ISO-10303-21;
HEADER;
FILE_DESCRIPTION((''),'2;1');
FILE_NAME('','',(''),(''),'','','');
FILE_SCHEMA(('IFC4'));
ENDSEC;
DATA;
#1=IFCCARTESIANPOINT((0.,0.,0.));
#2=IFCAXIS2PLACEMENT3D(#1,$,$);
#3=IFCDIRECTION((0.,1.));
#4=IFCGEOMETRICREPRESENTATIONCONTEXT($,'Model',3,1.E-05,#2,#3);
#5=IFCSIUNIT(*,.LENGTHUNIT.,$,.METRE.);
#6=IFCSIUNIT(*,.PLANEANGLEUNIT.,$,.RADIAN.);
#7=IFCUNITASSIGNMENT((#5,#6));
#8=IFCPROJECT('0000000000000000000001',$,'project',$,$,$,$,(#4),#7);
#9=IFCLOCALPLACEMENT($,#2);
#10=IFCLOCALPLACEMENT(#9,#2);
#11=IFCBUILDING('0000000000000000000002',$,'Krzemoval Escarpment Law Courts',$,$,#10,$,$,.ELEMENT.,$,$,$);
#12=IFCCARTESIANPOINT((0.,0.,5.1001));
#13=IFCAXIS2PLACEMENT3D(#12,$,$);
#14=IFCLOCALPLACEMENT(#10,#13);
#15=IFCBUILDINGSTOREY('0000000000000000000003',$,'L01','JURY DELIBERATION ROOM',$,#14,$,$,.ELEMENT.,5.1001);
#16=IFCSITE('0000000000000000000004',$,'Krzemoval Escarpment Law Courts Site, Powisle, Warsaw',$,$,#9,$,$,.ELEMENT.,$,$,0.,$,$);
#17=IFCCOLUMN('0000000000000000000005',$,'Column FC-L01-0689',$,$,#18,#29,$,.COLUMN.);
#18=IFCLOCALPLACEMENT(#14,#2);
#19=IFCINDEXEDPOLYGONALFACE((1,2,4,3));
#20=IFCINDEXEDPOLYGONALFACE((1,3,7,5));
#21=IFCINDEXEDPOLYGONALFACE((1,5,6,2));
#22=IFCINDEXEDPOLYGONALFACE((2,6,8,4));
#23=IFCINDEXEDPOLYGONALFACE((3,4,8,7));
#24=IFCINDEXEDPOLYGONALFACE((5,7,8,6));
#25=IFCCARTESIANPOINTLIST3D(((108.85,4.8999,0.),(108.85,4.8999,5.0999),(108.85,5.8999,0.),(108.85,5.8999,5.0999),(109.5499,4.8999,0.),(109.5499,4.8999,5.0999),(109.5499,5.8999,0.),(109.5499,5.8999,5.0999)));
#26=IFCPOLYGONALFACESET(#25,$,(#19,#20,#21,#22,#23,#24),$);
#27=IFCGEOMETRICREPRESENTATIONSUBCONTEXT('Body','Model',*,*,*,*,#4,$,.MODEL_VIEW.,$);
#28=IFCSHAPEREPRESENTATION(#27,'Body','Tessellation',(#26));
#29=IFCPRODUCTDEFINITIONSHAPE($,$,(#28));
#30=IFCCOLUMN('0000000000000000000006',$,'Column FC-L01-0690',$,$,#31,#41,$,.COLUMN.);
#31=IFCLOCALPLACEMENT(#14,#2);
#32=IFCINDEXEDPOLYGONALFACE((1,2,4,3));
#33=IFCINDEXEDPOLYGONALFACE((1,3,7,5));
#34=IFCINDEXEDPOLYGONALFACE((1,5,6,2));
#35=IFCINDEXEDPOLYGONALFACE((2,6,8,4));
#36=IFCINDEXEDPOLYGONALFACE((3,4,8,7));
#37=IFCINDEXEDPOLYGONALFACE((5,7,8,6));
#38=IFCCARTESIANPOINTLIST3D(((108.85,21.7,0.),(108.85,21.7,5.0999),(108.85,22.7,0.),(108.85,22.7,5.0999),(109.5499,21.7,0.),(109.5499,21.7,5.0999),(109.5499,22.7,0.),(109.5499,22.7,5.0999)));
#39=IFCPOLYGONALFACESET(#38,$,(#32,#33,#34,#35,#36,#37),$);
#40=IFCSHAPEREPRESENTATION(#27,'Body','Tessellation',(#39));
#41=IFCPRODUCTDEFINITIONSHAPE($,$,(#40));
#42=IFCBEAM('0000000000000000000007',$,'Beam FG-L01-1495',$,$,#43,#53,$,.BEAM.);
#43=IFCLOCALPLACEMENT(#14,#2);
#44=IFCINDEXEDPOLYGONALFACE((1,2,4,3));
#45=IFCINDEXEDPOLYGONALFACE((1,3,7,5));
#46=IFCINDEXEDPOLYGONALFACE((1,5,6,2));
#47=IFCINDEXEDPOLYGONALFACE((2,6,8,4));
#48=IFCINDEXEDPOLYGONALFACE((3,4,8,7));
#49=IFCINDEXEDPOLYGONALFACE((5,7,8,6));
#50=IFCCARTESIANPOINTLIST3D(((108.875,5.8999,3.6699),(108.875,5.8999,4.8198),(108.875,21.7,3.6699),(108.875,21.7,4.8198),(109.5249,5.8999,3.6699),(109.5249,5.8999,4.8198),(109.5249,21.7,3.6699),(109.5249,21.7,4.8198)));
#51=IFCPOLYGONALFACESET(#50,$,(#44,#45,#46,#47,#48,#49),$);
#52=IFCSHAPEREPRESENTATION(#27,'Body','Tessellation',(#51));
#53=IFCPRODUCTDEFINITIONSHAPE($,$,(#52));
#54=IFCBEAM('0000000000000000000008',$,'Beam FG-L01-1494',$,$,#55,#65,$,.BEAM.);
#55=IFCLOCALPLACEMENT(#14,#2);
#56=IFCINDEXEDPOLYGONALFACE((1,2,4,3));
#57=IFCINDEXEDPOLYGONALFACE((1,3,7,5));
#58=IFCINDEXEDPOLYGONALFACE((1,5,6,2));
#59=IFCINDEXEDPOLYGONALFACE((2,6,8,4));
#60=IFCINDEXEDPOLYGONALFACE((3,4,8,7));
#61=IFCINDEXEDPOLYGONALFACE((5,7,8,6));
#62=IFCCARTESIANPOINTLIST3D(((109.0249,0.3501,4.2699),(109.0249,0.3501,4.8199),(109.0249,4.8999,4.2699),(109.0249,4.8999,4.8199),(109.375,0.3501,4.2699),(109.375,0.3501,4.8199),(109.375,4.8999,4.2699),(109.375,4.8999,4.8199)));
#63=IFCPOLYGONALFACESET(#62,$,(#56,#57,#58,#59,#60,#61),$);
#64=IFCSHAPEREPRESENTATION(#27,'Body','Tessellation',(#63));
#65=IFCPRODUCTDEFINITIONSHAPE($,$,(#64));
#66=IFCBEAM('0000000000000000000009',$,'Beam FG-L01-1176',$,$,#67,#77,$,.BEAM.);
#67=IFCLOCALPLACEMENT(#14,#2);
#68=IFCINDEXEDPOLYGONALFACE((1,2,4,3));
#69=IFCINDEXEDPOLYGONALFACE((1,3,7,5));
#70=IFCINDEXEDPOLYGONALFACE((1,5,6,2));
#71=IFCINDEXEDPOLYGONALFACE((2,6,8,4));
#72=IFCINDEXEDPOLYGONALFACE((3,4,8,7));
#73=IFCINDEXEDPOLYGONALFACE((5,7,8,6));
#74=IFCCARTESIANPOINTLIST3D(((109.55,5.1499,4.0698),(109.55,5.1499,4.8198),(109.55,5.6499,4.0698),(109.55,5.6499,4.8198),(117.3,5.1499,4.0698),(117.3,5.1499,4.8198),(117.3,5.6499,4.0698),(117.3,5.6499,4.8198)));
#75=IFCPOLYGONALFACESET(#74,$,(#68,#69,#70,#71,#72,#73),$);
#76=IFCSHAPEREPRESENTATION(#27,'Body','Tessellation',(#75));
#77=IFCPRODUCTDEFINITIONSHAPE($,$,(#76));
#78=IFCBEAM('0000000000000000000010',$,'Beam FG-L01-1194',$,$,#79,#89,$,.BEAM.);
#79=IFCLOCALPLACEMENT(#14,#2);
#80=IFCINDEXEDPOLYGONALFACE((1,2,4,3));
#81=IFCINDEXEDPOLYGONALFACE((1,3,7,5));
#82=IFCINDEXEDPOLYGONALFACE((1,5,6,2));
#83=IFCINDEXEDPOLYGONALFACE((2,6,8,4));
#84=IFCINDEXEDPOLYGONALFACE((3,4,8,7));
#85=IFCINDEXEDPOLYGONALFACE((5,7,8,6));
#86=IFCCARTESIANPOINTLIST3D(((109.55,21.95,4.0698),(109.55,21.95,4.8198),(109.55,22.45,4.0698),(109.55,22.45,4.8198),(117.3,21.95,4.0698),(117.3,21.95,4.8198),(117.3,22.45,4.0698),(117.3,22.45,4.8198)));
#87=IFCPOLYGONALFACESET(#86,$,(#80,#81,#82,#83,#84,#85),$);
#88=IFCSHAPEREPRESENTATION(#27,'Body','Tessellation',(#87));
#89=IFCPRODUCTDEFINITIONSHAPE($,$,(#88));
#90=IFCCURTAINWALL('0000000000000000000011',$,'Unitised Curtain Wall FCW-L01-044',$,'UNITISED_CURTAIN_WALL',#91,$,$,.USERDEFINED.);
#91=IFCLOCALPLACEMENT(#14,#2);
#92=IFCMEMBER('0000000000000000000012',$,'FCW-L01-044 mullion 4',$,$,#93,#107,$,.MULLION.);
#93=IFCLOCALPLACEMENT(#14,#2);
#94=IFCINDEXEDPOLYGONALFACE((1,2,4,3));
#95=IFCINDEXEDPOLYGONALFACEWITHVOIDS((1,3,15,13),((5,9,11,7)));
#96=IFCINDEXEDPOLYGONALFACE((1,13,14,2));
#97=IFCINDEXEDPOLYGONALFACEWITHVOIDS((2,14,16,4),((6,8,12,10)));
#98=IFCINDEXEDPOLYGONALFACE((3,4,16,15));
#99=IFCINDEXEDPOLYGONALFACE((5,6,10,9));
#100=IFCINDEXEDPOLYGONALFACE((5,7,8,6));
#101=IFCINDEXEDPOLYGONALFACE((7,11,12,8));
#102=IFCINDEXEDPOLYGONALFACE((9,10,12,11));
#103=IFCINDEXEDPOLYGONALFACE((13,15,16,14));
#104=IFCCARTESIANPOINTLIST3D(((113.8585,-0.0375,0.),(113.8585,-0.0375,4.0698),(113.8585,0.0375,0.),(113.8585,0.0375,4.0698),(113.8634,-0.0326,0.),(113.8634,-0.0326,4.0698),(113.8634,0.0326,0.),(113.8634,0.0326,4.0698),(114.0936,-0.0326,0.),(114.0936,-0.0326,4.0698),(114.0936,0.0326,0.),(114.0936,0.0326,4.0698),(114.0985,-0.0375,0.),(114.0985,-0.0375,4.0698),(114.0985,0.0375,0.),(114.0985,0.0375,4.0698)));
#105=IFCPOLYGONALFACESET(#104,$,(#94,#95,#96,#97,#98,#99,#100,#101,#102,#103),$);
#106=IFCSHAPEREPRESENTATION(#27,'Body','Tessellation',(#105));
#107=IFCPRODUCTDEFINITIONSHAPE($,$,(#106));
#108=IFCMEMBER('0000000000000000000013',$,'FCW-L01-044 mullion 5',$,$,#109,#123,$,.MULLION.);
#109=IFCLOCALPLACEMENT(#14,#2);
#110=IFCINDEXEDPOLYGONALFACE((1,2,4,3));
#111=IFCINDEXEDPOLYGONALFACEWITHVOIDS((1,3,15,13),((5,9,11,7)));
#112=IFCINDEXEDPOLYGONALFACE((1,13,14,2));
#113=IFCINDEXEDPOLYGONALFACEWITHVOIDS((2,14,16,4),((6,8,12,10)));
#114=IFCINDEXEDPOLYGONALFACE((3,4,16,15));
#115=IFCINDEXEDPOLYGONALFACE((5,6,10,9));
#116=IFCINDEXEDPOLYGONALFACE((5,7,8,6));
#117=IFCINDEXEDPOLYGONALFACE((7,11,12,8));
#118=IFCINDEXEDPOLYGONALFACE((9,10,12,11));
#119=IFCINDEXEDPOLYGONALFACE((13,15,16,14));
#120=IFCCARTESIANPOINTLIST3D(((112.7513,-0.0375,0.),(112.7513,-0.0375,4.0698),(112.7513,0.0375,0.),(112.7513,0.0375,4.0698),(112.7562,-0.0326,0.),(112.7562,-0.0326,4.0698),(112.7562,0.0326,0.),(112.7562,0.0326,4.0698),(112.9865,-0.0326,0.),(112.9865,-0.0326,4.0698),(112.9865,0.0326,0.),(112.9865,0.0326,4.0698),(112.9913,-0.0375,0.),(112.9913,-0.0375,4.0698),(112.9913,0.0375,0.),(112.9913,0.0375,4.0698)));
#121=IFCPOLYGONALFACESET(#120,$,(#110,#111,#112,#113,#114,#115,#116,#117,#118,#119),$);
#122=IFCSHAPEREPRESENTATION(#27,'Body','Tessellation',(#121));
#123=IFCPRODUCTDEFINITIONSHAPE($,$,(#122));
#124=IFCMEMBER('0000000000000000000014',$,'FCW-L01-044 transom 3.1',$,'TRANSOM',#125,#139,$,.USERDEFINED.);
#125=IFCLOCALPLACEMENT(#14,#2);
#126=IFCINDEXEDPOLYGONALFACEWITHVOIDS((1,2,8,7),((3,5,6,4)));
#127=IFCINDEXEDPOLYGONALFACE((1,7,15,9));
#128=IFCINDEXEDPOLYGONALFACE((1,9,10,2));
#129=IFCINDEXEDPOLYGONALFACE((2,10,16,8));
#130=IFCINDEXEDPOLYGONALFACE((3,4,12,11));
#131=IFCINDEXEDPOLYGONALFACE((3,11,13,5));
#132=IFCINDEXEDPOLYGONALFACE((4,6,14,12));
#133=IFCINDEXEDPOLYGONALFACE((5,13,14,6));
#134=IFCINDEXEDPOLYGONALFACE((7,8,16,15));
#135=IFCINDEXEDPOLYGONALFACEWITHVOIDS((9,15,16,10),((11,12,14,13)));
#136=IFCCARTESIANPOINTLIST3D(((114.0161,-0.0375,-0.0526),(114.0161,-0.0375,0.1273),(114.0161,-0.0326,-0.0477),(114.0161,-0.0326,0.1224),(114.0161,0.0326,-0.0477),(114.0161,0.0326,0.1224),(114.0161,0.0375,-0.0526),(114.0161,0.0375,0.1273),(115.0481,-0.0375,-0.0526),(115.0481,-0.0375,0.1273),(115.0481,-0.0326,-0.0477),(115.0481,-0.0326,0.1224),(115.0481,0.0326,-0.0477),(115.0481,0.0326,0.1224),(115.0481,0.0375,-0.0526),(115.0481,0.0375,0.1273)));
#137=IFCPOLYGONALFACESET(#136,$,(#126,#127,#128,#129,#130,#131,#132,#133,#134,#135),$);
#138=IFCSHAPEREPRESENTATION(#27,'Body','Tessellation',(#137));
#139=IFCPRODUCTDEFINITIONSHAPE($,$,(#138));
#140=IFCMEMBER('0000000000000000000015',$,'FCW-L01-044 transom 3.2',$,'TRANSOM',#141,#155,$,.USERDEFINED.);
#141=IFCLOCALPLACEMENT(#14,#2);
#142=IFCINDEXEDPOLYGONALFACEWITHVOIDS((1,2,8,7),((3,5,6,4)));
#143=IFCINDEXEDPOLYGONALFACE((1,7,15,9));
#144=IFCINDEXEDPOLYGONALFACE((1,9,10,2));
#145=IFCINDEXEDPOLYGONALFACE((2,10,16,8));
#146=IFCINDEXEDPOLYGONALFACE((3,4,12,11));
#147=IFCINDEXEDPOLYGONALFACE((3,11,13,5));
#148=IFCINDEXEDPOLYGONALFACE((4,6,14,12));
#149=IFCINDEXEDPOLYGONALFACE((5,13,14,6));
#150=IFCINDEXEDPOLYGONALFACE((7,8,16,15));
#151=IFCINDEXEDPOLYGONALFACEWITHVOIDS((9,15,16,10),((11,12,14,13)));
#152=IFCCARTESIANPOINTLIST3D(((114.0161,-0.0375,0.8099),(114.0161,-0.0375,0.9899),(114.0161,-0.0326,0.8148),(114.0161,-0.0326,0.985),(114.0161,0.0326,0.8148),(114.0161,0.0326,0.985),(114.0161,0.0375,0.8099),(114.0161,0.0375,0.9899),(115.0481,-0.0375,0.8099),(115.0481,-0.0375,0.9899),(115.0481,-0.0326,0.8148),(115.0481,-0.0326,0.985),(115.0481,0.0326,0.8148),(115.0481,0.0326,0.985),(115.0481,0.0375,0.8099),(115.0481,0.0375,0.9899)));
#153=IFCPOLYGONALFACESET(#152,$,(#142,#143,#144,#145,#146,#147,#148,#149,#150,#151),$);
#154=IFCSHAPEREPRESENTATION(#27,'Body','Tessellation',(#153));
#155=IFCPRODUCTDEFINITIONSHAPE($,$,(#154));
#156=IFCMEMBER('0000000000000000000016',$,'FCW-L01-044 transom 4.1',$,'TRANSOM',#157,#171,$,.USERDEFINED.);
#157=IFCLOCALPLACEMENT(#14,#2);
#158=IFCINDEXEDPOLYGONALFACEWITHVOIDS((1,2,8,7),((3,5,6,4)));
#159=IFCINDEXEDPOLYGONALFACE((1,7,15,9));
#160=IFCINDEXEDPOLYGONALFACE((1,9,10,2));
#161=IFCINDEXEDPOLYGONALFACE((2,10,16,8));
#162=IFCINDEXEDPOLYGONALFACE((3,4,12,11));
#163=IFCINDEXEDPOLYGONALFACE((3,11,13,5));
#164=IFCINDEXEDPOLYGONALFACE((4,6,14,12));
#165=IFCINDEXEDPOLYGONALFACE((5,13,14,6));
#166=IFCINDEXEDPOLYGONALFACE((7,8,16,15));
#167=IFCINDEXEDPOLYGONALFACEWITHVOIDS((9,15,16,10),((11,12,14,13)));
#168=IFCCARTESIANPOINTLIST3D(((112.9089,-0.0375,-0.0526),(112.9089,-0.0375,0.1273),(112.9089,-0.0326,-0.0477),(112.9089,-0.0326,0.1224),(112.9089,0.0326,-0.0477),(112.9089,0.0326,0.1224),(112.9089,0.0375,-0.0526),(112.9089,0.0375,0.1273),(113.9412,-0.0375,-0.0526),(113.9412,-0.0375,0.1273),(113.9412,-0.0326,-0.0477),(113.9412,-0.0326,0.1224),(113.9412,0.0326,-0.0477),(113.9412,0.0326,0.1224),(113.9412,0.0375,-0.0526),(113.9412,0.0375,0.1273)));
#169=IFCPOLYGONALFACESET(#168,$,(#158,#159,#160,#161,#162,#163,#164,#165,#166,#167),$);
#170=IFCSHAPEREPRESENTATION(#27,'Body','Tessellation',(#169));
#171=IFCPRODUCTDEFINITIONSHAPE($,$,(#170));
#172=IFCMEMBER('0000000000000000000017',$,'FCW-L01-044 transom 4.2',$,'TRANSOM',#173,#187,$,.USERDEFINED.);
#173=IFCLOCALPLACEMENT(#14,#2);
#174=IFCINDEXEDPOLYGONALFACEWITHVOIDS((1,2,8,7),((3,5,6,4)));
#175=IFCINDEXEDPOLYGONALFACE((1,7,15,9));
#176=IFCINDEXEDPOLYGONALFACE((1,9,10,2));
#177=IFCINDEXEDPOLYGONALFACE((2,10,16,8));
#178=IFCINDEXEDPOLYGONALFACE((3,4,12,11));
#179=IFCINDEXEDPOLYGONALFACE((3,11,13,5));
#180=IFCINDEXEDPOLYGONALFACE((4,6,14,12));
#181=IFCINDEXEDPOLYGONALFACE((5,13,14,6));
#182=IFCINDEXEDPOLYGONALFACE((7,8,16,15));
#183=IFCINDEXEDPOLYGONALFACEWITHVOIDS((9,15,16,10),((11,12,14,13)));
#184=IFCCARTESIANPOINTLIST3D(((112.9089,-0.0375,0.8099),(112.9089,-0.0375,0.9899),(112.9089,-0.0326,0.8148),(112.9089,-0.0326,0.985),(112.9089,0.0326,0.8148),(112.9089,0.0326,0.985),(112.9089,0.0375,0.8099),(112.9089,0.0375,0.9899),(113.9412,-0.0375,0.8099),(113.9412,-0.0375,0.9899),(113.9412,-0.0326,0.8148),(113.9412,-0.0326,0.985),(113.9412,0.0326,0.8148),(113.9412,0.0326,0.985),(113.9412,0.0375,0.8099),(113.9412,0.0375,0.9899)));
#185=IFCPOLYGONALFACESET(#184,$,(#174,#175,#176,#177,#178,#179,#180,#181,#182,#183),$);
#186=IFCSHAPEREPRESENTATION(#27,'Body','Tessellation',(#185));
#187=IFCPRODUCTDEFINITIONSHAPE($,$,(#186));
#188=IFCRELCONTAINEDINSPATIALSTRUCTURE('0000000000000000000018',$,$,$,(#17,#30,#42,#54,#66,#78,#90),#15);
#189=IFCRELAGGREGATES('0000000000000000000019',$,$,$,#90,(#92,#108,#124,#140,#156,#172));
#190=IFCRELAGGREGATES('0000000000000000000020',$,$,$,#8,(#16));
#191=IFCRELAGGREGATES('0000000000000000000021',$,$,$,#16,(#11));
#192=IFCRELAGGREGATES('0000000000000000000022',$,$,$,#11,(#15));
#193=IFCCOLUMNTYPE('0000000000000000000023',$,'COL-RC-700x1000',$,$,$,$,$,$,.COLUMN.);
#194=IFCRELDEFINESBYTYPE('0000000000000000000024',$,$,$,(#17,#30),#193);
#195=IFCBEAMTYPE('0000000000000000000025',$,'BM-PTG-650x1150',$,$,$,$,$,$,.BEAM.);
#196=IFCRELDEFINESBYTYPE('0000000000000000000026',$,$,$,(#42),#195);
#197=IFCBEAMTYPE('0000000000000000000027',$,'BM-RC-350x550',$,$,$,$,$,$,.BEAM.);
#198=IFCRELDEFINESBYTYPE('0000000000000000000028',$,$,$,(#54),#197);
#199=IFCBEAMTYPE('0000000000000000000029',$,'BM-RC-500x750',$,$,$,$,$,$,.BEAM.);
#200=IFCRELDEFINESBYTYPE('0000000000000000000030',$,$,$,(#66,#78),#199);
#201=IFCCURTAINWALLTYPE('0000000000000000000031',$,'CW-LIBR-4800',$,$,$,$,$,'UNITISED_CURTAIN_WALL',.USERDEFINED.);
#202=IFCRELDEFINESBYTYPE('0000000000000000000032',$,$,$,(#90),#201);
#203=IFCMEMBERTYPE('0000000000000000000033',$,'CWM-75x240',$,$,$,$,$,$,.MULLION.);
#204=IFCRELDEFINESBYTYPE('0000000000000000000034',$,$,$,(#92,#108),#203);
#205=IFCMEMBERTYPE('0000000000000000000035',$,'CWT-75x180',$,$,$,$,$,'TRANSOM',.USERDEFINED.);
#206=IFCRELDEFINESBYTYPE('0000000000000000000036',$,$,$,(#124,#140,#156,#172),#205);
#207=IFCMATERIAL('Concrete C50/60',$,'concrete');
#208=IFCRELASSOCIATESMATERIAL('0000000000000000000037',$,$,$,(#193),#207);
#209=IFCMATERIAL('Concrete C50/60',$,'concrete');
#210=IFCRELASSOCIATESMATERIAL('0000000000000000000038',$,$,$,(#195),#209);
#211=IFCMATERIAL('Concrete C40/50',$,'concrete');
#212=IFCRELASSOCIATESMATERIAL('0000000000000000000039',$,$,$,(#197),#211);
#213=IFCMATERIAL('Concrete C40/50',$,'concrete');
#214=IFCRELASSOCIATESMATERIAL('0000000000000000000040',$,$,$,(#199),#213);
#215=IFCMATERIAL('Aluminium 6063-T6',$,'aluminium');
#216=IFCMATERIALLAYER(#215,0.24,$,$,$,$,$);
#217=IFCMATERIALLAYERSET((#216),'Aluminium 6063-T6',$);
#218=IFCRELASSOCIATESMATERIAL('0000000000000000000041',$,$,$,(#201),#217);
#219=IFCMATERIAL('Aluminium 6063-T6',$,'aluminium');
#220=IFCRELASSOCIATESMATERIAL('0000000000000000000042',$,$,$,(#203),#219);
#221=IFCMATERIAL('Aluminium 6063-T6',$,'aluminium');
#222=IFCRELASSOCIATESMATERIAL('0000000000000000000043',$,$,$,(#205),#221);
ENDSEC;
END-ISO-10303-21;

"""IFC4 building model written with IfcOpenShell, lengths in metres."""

from ifc_helpers import new_model, si_unit, direction, frame, origin, origin_2d, place, context, subcontext, project, spatial, rectangle, hollow_rectangle, extrude, material, layer, layer_set, material_profile, profile_set, type_object, element, aggregate, save


model = new_model("IFC4")

# Units and contexts
model_context = context("Model", 3, precision=1e-05, world=origin(), true_north=direction((0.0, 1.0)))
body_context = subcontext(model_context, "Body", "Model", "MODEL_VIEW")
ifc_project = project(units=[si_unit("LENGTHUNIT", "METRE"), si_unit("PLANEANGLEUNIT", "RADIAN")], contexts=[model_context])

# Site, building, storey
site_placement = place(None, origin())
site = spatial("IfcSite", under=ifc_project, at=site_placement, Name="Krzemoval Escarpment Law Courts Site, Powisle, Warsaw", CompositionType="ELEMENT", RefElevation=0.0)
building_placement = place(site_placement, origin())
building = spatial("IfcBuilding", under=site, at=building_placement, Name="Krzemoval Escarpment Law Courts", CompositionType="ELEMENT")
storey_placement = place(building_placement, frame((0.0, 0.0, 5.1001)))
storey = spatial("IfcBuildingStorey", under=building, at=storey_placement, Name="L01", Description="JURY DELIBERATION ROOM", CompositionType="ELEMENT", Elevation=5.1001)

# Columns
ifc_material_1 = material(Name="Concrete C50/60", Category="concrete")
ifc_material_profile_1 = material_profile(ifc_material_1, rectangle(XDim=0.7, YDim=1.0, at=origin_2d()), Name="RC 700x1000")
ifc_profile_set_1 = profile_set([ifc_material_profile_1], Name="Concrete C50/60")
column_type = type_object("IfcColumnType", Name="COL-RC-700x1000", PredefinedType="COLUMN", material=ifc_profile_set_1)
for number, where, z_axis, x_axis, name in (
    (1, (109.2, 5.3999, 0.0), (0.0, 0.0, 1.0), (1.0, 0.0, 0.0), "Column FC-L01-0689"),
    (2, (109.2, 22.2, 0.0), (0.0, 0.0, 1.0), (1.0, 0.0, 0.0), "Column FC-L01-0690"),
):
    element("IfcColumn", number, at=place(storey_placement, frame(where, z_axis=z_axis, x_axis=x_axis)), inside=storey, type_object=column_type, Name=name, PredefinedType="COLUMN", context=body_context, shape_type="SweptSolid", body=[
        extrude(rectangle(XDim=0.7, YDim=1.0, at=origin_2d()), origin(), (0.0, 0.0, 1.0), 5.0999),
    ])

# Beams
ifc_material_2 = material(Name="Concrete C50/60", Category="concrete")
ifc_material_profile_2 = material_profile(ifc_material_2, rectangle(XDim=0.6499, YDim=1.1499, at=origin_2d()), Name="PTG 650x1150")
ifc_profile_set_2 = profile_set([ifc_material_profile_2], Name="Concrete C50/60")
beam_type_1 = type_object("IfcBeamType", Name="BM-PTG-650x1150", PredefinedType="BEAM", material=ifc_profile_set_2)
beam_1_placement = place(storey_placement, frame((109.2, 5.8999, 4.2449), z_axis=(0.0, 1.0, 0.0), x_axis=(-1.0, 0.0, 0.0)))
element("IfcBeam", 3, at=beam_1_placement, inside=storey, type_object=beam_type_1, Name="Beam FG-L01-1495", PredefinedType="BEAM", context=body_context, shape_type="SweptSolid", body=[
    extrude(rectangle(XDim=0.6499, YDim=1.1499, at=origin_2d()), origin(), (0.0, 0.0, 1.0), 15.8),
])
ifc_material_3 = material(Name="Concrete C40/50", Category="concrete")
ifc_material_profile_3 = material_profile(ifc_material_3, rectangle(XDim=0.3501, YDim=0.55, at=origin_2d()), Name="RCB 350x550")
ifc_profile_set_3 = profile_set([ifc_material_profile_3], Name="Concrete C40/50")
beam_type_2 = type_object("IfcBeamType", Name="BM-RC-350x550", PredefinedType="BEAM", material=ifc_profile_set_3)
beam_2_placement = place(storey_placement, frame((109.2, 0.3501, 4.5449), z_axis=(0.0, 1.0, 0.0), x_axis=(-1.0, 0.0, 0.0)))
element("IfcBeam", 4, at=beam_2_placement, inside=storey, type_object=beam_type_2, Name="Beam FG-L01-1494", PredefinedType="BEAM", context=body_context, shape_type="SweptSolid", body=[
    extrude(rectangle(XDim=0.3501, YDim=0.55, at=origin_2d()), origin(), (0.0, 0.0, 1.0), 4.5498),
])
ifc_material_4 = material(Name="Concrete C40/50", Category="concrete")
ifc_material_profile_4 = material_profile(ifc_material_4, rectangle(XDim=0.5, YDim=0.75, at=origin_2d()), Name="RCB 500x750")
ifc_profile_set_4 = profile_set([ifc_material_profile_4], Name="Concrete C40/50")
beam_type_3 = type_object("IfcBeamType", Name="BM-RC-500x750", PredefinedType="BEAM", material=ifc_profile_set_4)
for number, where, z_axis, x_axis, name in (
    (5, (109.55, 5.3999, 4.4448), (1.0, 0.0, 0.0), (0.0, 1.0, 0.0), "Beam FG-L01-1176"),
    (6, (109.55, 22.2, 4.4448), (1.0, 0.0, 0.0), (0.0, 1.0, 0.0), "Beam FG-L01-1194"),
):
    element("IfcBeam", number, at=place(storey_placement, frame(where, z_axis=z_axis, x_axis=x_axis)), inside=storey, type_object=beam_type_3, Name=name, PredefinedType="BEAM", context=body_context, shape_type="SweptSolid", body=[
        extrude(rectangle(XDim=0.5, YDim=0.75, at=origin_2d()), origin(), (0.0, 0.0, 1.0), 7.75),
    ])

# Curtain wall, members
ifc_material_5 = material(Name="Aluminium 6063-T6", Category="aluminium")
ifc_layer_1 = layer(ifc_material_5, 0.24)
ifc_layer_set_1 = layer_set([ifc_layer_1], Name="Aluminium 6063-T6")
curtain_wall_type = type_object("IfcCurtainWallType", Name="CW-LIBR-4800", ElementType="UNITISED_CURTAIN_WALL", PredefinedType="USERDEFINED", material=ifc_layer_set_1)
curtain_wall_placement = place(storey_placement, origin())
curtain_wall = element("IfcCurtainWall", 7, at=curtain_wall_placement, inside=storey, type_object=curtain_wall_type, Name="Unitised Curtain Wall FCW-L01-044", ObjectType="UNITISED_CURTAIN_WALL", PredefinedType="USERDEFINED")
ifc_material_6 = material(Name="Aluminium 6063-T6", Category="aluminium")
ifc_material_profile_5 = material_profile(ifc_material_6, hollow_rectangle(XDim=0.075, YDim=0.24, WallThickness=0.0049, at=origin_2d()), Name="ALU M75x240")
ifc_profile_set_5 = profile_set([ifc_material_profile_5], Name="Aluminium 6063-T6")
member_type_1 = type_object("IfcMemberType", Name="CWM-75x240", PredefinedType="MULLION", material=ifc_profile_set_5)
member_1_placement = place(storey_placement, frame((113.9785, 0.0, 0.0), z_axis=(0.0, 0.0, 1.0), x_axis=(0.0, -1.0, 0.0)))
member_1 = element("IfcMember", 8, at=member_1_placement, type_object=member_type_1, Name="FCW-L01-044 mullion 4", PredefinedType="MULLION", context=body_context, shape_type="SweptSolid", body=[
    extrude(hollow_rectangle(XDim=0.075, YDim=0.24, WallThickness=0.0049, at=origin_2d()), origin(), (0.0, 0.0, 1.0), 4.0698),
])
member_2_placement = place(storey_placement, frame((112.8713, 0.0, 0.0), z_axis=(0.0, 0.0, 1.0), x_axis=(0.0, -1.0, 0.0)))
member_2 = element("IfcMember", 9, at=member_2_placement, type_object=member_type_1, Name="FCW-L01-044 mullion 5", PredefinedType="MULLION", context=body_context, shape_type="SweptSolid", body=[
    extrude(hollow_rectangle(XDim=0.075, YDim=0.24, WallThickness=0.0049, at=origin_2d()), origin(), (0.0, 0.0, 1.0), 4.0698),
])
ifc_material_7 = material(Name="Aluminium 6063-T6", Category="aluminium")
ifc_material_profile_6 = material_profile(ifc_material_7, hollow_rectangle(XDim=0.075, YDim=0.1799, WallThickness=0.0049, at=origin_2d()), Name="ALU T75x180")
ifc_profile_set_6 = profile_set([ifc_material_profile_6], Name="Aluminium 6063-T6")
member_type_2 = type_object("IfcMemberType", Name="CWT-75x180", ElementType="TRANSOM", PredefinedType="USERDEFINED", material=ifc_profile_set_6)
member_3_placement = place(storey_placement, frame((115.0481, 0.0, 0.0374), z_axis=(-1.0, 0.0, 0.0), x_axis=(0.0, -1.0, 0.0)))
member_3 = element("IfcMember", 10, at=member_3_placement, type_object=member_type_2, Name="FCW-L01-044 transom 3.1", ObjectType="TRANSOM", PredefinedType="USERDEFINED", context=body_context, shape_type="SweptSolid", body=[
    extrude(hollow_rectangle(XDim=0.075, YDim=0.1799, WallThickness=0.0049, at=origin_2d()), origin(), (0.0, 0.0, 1.0), 1.032),
])
member_4_placement = place(storey_placement, frame((115.0481, 0.0, 0.8999), z_axis=(-1.0, 0.0, 0.0), x_axis=(0.0, -1.0, 0.0)))
member_4 = element("IfcMember", 11, at=member_4_placement, type_object=member_type_2, Name="FCW-L01-044 transom 3.2", ObjectType="TRANSOM", PredefinedType="USERDEFINED", context=body_context, shape_type="SweptSolid", body=[
    extrude(hollow_rectangle(XDim=0.075, YDim=0.1799, WallThickness=0.0049, at=origin_2d()), origin(), (0.0, 0.0, 1.0), 1.032),
])
member_5_placement = place(storey_placement, frame((113.9412, 0.0, 0.0374), z_axis=(-1.0, 0.0, 0.0), x_axis=(0.0, -1.0, 0.0)))
member_5 = element("IfcMember", 12, at=member_5_placement, type_object=member_type_2, Name="FCW-L01-044 transom 4.1", ObjectType="TRANSOM", PredefinedType="USERDEFINED", context=body_context, shape_type="SweptSolid", body=[
    extrude(hollow_rectangle(XDim=0.075, YDim=0.1799, WallThickness=0.0049, at=origin_2d()), origin(), (0.0, 0.0, 1.0), 1.0322),
])
member_6_placement = place(storey_placement, frame((113.9412, 0.0, 0.8999), z_axis=(-1.0, 0.0, 0.0), x_axis=(0.0, -1.0, 0.0)))
member_6 = element("IfcMember", 13, at=member_6_placement, type_object=member_type_2, Name="FCW-L01-044 transom 4.2", ObjectType="TRANSOM", PredefinedType="USERDEFINED", context=body_context, shape_type="SweptSolid", body=[
    extrude(hollow_rectangle(XDim=0.075, YDim=0.1799, WallThickness=0.0049, at=origin_2d()), origin(), (0.0, 0.0, 1.0), 1.0322),
])

aggregate(curtain_wall, [member_1, member_2, member_3, member_4, member_5, member_6])

save(model, "model.ifc")
